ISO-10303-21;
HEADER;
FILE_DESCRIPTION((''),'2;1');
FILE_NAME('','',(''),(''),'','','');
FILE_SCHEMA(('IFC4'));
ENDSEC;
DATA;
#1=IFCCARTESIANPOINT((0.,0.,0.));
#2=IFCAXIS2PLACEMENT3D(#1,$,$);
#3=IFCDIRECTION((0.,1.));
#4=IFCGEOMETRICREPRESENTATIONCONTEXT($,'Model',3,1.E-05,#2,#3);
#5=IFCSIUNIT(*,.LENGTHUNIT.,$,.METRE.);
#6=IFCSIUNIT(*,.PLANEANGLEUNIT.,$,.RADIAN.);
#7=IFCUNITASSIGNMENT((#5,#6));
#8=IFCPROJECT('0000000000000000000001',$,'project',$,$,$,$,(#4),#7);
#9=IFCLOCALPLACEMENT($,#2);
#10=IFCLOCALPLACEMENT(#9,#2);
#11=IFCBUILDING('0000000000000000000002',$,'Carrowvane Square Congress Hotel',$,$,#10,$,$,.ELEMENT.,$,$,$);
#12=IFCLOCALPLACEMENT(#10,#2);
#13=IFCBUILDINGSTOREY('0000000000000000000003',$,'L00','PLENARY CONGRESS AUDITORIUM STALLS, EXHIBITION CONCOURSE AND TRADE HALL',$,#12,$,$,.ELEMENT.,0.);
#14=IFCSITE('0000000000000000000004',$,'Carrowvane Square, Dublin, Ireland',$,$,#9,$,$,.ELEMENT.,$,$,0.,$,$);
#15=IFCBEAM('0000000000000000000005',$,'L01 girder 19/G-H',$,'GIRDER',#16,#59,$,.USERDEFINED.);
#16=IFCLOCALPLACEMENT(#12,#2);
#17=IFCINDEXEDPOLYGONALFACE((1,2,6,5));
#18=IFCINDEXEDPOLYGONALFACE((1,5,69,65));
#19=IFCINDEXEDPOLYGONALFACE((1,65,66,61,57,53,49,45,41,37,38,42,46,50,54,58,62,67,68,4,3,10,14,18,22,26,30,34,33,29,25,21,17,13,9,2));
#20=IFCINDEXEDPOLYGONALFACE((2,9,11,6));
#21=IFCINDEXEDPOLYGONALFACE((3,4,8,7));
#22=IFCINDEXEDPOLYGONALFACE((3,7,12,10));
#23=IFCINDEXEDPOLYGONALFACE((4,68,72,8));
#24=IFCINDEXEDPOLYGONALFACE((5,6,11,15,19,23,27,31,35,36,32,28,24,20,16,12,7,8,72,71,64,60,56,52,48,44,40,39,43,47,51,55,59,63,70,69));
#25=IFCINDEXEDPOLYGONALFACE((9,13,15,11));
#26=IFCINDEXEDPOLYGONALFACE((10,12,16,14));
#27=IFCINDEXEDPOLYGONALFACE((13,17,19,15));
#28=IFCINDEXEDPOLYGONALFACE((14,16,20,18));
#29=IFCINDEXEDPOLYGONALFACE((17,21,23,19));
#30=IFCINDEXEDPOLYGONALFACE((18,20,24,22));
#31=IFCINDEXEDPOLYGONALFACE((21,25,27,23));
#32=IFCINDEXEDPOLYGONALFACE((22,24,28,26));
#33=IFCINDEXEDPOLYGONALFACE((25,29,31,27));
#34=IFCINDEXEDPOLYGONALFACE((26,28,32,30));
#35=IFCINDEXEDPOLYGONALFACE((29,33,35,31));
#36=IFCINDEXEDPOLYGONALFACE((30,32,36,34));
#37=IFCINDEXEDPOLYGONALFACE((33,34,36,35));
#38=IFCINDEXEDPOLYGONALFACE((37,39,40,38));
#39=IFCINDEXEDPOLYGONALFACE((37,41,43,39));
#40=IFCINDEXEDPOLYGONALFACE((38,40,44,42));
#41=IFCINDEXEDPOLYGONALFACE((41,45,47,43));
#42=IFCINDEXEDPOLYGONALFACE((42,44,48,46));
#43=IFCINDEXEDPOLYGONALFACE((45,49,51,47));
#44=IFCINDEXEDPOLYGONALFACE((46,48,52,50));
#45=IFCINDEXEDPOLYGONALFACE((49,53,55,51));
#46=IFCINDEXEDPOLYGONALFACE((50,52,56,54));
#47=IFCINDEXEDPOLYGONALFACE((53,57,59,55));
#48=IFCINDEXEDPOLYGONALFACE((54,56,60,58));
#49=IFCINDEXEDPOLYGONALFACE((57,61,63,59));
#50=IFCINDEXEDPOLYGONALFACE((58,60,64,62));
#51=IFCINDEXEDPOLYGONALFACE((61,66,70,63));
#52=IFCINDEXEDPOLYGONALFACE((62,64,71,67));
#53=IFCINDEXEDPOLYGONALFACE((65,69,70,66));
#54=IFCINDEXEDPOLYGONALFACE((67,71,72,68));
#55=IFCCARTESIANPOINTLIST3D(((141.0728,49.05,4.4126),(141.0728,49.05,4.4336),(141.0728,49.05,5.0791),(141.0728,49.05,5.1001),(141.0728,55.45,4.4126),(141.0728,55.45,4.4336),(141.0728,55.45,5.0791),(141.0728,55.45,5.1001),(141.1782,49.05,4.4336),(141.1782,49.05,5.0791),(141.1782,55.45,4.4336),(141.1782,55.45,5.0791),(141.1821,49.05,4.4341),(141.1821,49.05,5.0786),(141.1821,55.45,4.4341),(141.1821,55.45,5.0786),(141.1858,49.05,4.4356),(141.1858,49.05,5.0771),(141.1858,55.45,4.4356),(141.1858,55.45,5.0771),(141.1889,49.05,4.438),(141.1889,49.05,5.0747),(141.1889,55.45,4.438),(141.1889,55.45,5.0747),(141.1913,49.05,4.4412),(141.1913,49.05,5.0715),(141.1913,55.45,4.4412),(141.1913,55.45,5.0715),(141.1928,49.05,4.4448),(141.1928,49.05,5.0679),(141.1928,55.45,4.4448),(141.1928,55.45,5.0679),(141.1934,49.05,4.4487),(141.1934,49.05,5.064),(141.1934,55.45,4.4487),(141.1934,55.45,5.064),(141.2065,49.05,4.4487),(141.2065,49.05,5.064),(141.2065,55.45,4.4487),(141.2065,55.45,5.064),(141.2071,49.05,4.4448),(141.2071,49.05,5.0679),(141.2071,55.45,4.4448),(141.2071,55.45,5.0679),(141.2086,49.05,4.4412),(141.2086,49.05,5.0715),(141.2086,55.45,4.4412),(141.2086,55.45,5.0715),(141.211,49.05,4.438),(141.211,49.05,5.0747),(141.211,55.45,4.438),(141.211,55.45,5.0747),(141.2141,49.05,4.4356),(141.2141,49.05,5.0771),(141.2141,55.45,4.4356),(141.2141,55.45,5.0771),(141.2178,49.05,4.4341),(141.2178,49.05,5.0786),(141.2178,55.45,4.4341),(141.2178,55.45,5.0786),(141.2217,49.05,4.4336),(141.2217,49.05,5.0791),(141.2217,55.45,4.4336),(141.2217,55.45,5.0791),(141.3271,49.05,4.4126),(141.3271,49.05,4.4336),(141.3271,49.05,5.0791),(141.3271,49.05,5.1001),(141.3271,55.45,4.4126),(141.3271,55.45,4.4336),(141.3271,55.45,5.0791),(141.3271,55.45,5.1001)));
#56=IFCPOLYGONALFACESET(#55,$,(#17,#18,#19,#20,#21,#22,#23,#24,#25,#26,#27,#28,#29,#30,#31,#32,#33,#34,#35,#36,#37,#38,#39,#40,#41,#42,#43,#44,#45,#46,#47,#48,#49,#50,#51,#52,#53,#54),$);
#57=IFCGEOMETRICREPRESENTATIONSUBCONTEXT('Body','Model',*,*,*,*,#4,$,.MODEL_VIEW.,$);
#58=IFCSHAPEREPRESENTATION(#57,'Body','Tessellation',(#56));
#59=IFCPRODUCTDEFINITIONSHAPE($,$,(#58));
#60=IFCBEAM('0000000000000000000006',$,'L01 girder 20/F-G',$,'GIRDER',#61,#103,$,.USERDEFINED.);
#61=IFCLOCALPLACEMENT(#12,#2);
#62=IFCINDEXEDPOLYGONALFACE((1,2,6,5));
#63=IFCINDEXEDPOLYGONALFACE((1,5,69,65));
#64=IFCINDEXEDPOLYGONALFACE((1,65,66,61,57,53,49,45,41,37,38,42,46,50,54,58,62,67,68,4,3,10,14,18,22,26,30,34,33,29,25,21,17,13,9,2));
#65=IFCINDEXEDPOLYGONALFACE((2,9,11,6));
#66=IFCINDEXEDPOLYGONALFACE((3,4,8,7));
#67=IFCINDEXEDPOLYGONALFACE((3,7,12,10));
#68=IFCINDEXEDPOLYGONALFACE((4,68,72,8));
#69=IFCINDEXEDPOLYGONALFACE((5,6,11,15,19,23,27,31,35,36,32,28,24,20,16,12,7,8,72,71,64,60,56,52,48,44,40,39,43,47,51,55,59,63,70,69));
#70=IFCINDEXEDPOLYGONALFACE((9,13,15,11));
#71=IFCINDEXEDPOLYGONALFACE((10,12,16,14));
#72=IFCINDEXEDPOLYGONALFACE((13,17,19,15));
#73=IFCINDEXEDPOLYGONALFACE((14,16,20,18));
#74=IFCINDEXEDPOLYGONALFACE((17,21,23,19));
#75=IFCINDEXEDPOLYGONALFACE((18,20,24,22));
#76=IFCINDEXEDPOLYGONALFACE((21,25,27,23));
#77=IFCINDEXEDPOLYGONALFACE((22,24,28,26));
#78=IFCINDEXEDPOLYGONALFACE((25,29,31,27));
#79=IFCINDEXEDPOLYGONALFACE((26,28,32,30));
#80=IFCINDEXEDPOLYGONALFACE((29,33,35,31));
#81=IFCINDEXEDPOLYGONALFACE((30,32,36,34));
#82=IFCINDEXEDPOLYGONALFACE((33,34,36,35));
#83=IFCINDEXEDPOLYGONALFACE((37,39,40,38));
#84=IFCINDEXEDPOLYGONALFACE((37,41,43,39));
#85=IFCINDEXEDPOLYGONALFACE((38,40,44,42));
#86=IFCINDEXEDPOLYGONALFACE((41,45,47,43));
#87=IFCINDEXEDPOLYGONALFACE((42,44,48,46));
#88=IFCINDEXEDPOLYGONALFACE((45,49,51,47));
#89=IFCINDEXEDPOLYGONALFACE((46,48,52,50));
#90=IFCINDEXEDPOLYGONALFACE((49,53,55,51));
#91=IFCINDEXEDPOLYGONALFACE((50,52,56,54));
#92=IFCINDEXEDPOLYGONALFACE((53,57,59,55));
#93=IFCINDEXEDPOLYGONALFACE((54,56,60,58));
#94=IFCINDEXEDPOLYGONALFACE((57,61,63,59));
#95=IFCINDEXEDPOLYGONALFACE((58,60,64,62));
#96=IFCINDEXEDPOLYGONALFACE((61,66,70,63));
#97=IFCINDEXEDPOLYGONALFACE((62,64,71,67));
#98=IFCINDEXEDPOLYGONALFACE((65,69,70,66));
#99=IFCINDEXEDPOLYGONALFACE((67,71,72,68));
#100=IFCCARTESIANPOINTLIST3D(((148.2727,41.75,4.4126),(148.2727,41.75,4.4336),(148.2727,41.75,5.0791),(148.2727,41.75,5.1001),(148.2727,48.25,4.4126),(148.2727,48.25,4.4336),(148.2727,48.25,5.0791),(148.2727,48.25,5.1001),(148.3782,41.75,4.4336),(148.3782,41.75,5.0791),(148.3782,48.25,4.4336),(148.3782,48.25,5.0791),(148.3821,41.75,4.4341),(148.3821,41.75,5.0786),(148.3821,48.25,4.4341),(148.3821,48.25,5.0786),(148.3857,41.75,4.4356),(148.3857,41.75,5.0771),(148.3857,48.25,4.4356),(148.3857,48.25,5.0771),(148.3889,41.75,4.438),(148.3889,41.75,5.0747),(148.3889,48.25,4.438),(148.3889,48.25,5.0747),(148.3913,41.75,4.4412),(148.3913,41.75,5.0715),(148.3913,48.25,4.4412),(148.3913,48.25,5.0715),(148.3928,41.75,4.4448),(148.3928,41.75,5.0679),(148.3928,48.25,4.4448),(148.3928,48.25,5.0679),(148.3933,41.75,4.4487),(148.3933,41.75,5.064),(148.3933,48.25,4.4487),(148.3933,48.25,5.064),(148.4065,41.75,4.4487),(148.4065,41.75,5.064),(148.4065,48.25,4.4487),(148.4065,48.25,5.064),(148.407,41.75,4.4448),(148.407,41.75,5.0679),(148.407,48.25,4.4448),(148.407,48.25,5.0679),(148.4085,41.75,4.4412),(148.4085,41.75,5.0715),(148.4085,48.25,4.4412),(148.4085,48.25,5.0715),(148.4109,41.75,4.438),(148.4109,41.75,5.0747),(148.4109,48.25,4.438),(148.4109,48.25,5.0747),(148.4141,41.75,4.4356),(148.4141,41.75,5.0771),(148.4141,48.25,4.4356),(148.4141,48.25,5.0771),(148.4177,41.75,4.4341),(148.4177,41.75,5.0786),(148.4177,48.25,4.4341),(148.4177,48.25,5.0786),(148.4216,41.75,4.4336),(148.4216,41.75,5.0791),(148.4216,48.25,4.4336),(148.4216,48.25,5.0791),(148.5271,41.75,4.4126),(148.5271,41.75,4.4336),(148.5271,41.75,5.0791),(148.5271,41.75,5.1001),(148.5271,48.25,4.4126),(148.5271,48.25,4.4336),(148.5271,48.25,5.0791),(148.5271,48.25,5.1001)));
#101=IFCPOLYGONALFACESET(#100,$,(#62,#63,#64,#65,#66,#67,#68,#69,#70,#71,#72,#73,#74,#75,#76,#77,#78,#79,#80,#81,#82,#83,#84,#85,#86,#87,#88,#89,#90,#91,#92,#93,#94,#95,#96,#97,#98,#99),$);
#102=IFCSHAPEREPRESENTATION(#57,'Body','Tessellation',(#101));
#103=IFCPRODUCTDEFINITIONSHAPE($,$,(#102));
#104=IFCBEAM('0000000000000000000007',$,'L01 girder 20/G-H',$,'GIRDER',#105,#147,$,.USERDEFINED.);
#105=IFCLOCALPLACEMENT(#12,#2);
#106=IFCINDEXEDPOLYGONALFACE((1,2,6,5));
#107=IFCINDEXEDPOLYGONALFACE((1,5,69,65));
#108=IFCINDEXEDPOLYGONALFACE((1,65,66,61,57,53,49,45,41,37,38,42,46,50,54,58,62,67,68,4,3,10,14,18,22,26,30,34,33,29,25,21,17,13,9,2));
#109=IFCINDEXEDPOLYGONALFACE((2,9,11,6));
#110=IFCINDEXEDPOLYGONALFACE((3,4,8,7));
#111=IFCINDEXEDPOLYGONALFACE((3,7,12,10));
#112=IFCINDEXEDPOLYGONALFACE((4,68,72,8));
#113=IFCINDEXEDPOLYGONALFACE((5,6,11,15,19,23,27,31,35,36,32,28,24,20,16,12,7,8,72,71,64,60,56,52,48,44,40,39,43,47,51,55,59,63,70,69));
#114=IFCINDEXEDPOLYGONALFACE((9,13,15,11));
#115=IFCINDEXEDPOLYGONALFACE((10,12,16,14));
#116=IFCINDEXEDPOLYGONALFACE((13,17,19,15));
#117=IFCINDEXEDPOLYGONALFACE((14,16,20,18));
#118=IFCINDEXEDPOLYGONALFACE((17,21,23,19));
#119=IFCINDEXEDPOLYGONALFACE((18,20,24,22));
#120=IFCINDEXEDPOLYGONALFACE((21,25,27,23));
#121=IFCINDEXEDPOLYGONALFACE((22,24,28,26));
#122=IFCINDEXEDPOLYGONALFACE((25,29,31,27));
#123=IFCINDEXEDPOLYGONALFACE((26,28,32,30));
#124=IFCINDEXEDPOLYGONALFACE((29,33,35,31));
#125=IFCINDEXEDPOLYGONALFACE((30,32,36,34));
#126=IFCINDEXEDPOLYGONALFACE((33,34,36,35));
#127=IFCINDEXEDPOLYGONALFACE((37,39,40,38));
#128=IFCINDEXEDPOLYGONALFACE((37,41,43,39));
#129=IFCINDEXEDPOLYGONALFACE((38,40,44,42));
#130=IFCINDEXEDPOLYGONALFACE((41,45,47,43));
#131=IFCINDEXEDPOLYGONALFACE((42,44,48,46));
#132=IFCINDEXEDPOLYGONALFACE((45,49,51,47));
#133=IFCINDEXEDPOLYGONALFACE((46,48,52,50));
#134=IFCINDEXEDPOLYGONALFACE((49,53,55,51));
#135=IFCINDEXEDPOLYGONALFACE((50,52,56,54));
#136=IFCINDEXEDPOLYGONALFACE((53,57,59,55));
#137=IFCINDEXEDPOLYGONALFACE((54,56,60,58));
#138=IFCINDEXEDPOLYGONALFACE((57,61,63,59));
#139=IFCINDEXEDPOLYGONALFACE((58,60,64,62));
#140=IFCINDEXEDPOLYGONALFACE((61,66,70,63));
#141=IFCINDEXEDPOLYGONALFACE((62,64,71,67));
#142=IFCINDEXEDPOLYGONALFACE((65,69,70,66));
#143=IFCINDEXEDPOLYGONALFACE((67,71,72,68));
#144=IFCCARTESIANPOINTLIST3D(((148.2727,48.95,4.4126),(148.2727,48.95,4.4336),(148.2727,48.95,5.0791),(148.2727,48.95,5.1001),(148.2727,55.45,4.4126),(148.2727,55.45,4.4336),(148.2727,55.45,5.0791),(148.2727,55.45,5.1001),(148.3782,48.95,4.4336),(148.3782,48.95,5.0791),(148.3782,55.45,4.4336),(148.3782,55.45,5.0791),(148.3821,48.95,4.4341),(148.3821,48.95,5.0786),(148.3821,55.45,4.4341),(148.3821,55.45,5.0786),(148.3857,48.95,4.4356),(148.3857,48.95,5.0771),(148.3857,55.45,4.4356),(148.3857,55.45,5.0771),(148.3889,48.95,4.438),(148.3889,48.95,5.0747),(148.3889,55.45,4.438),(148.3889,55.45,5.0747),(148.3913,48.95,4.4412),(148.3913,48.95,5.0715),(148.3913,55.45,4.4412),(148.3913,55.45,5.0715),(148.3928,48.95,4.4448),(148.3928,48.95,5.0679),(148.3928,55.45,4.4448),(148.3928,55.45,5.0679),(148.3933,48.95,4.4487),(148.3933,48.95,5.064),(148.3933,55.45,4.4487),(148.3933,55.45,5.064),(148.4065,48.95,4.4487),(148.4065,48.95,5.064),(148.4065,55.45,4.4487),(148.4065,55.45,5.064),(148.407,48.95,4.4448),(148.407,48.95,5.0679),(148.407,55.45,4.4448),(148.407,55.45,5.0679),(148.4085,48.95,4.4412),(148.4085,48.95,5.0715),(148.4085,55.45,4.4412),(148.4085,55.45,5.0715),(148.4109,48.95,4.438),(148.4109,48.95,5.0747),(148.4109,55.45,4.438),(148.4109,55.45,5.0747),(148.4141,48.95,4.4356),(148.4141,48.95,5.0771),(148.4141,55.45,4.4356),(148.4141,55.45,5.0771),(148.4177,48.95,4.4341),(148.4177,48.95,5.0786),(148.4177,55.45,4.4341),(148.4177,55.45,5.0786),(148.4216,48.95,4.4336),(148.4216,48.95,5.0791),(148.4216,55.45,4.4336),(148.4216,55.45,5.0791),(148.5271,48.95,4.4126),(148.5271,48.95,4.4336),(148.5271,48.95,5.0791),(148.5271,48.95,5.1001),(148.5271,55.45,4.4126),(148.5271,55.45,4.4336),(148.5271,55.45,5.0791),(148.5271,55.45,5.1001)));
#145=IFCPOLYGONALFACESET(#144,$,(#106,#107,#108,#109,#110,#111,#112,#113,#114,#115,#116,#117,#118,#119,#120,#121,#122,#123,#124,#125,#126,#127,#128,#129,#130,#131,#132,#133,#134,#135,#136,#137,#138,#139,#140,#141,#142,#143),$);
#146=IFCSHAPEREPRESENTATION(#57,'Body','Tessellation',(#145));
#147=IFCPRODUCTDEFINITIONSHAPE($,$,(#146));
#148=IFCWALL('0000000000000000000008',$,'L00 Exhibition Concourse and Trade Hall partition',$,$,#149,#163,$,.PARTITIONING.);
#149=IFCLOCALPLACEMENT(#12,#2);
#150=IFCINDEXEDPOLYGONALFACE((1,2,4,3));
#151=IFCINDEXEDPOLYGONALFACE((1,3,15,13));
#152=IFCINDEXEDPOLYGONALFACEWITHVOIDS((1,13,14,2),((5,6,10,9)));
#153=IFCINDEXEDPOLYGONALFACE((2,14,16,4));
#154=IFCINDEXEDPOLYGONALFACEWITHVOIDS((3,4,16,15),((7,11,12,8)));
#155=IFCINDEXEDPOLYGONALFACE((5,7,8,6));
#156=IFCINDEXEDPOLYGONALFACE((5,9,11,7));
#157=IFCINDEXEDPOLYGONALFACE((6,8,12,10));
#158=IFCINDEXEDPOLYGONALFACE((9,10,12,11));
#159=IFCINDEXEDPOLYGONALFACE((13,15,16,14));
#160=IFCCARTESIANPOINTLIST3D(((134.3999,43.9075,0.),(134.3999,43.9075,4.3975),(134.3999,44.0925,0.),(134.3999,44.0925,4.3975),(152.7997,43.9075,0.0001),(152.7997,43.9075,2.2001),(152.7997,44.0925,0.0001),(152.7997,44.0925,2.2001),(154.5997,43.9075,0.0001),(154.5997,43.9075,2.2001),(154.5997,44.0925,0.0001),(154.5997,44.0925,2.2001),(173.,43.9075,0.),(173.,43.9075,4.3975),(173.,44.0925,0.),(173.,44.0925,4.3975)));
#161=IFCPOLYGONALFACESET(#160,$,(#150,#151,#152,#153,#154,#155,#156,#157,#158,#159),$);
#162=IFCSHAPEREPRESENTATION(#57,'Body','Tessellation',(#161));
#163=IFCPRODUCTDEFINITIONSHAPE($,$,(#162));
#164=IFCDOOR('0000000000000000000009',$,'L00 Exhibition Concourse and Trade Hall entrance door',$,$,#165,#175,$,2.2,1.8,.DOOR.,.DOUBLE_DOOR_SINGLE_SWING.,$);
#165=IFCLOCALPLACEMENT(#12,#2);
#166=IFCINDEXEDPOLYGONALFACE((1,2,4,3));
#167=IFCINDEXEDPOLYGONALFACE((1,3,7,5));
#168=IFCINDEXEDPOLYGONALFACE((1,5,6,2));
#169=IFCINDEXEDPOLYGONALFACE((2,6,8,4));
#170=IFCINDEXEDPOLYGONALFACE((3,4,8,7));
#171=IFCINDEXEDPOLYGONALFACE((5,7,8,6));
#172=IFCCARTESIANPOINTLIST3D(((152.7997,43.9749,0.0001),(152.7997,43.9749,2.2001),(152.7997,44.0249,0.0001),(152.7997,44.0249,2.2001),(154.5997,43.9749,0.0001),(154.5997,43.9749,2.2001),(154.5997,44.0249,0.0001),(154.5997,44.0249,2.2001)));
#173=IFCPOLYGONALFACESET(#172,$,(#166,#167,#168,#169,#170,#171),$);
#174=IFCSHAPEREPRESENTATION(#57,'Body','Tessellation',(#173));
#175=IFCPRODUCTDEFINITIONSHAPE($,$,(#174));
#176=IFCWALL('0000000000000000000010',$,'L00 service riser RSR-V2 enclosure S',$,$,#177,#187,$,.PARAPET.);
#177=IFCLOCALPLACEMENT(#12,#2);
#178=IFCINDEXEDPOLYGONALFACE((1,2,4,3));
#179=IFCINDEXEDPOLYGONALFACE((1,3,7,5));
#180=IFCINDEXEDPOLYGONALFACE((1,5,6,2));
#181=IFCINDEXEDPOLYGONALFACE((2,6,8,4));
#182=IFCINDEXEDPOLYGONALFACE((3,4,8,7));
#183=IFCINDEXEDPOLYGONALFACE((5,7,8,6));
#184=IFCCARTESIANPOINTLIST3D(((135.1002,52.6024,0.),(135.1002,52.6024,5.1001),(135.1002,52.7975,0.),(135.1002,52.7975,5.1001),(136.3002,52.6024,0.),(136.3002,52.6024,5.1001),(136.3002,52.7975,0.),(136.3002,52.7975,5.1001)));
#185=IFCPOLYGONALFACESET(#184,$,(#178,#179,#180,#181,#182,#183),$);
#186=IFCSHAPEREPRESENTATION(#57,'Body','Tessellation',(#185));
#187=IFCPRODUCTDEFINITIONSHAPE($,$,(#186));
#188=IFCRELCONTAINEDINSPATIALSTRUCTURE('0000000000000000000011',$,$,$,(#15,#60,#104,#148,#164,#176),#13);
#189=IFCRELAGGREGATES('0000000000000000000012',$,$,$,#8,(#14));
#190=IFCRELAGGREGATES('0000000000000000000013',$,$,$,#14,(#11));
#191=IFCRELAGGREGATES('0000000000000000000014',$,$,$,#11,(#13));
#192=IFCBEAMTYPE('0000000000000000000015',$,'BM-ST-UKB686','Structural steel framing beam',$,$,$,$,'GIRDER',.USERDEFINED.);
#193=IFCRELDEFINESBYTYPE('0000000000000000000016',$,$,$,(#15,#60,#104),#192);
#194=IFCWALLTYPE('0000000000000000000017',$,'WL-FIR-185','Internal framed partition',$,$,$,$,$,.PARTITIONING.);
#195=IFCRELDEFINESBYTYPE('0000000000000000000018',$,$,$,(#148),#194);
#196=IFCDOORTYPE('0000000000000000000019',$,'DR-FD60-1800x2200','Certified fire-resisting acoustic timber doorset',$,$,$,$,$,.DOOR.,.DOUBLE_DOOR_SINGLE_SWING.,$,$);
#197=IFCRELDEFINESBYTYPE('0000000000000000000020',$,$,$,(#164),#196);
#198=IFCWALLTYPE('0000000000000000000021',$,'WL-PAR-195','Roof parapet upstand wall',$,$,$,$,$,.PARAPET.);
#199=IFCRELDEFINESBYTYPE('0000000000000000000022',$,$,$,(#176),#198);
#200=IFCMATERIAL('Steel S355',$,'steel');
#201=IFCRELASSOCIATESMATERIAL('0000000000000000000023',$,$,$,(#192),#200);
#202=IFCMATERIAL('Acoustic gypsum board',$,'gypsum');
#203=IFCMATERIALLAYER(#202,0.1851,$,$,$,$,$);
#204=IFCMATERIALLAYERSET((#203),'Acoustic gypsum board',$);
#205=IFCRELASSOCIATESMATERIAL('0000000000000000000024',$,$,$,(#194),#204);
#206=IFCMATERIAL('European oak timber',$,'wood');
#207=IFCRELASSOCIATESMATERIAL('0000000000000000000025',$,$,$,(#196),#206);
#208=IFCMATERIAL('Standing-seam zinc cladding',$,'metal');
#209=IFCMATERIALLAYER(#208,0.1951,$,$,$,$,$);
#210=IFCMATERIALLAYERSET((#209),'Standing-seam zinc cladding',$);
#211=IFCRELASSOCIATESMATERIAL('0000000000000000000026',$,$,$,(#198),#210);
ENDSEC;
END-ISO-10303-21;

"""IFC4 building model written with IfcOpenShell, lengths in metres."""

from ifc_helpers import new_model, si_unit, direction, frame, frame_2d, origin, origin_2d, place, context, subcontext, project, spatial, rectangle, i_section, extrude, material, layer, layer_set, material_profile, profile_set, type_object, element, fill, save


model = new_model("IFC4")

# Units and contexts
model_context = context("Model", 3, precision=1e-05, world=origin(), true_north=direction((0.0, 1.0)))
body_context = subcontext(model_context, "Body", "Model", "MODEL_VIEW")
ifc_project = project(units=[si_unit("LENGTHUNIT", "METRE"), si_unit("PLANEANGLEUNIT", "RADIAN")], contexts=[model_context])

# Site, building, storey
site_placement = place(None, origin())
site = spatial("IfcSite", under=ifc_project, at=site_placement, Name="Carrowvane Square, Dublin, Ireland", CompositionType="ELEMENT", RefElevation=0.0)
building_placement = place(site_placement, origin())
building = spatial("IfcBuilding", under=site, at=building_placement, Name="Carrowvane Square Congress Hotel", CompositionType="ELEMENT")
storey_placement = place(building_placement, origin())
storey = spatial("IfcBuildingStorey", under=building, at=storey_placement, Name="L00", Description="PLENARY CONGRESS AUDITORIUM STALLS, EXHIBITION CONCOURSE AND TRADE HALL", CompositionType="ELEMENT", Elevation=0.0)

# Beams
ifc_material_1 = material(Name="Steel S355", Category="steel")
ifc_material_profile_1 = material_profile(ifc_material_1, i_section(OverallWidth=0.2544, OverallDepth=0.6875, WebThickness=0.0132, FlangeThickness=0.021, FilletRadius=0.0151, at=origin_2d()), Name="UKB 686x254x152")
ifc_profile_set_1 = profile_set([ifc_material_profile_1], Name="Steel S355")
beam_type_1 = type_object("IfcBeamType", Name="BM-ST-UKB686", Description="Structural steel framing beam", ElementType="GIRDER", PredefinedType="USERDEFINED", material=ifc_profile_set_1)
beam_1_placement = place(storey_placement, frame((141.2, 49.05, 4.7563), z_axis=(0.0, 1.0, 0.0), x_axis=(-1.0, 0.0, 0.0)))
element("IfcBeam", 1, at=beam_1_placement, inside=storey, type_object=beam_type_1, Name="L01 girder 19/G-H", ObjectType="GIRDER", PredefinedType="USERDEFINED", context=body_context, shape_type="SweptSolid", body=[
    extrude(i_section(OverallWidth=0.2544, OverallDepth=0.6875, WebThickness=0.0132, FlangeThickness=0.021, FilletRadius=0.0151, at=origin_2d()), origin(), (0.0, 0.0, 1.0), 6.3999),
])
for number, where, z_axis, x_axis, name in (
    (2, (148.3999, 41.75, 4.7563), (0.0, 1.0, 0.0), (-1.0, 0.0, 0.0), "L01 girder 20/F-G"),
    (3, (148.3999, 48.95, 4.7563), (0.0, 1.0, 0.0), (-1.0, 0.0, 0.0), "L01 girder 20/G-H"),
):
    element("IfcBeam", number, at=place(storey_placement, frame(where, z_axis=z_axis, x_axis=x_axis)), inside=storey, type_object=beam_type_1, Name=name, ObjectType="GIRDER", PredefinedType="USERDEFINED", context=body_context, shape_type="SweptSolid", body=[
        extrude(i_section(OverallWidth=0.2544, OverallDepth=0.6875, WebThickness=0.0132, FlangeThickness=0.021, FilletRadius=0.0151, at=origin_2d()), origin(), (0.0, 0.0, 1.0), 6.5),
    ])

# Wall, opening, door
ifc_material_2 = material(Name="Acoustic gypsum board", Category="gypsum")
ifc_layer_1 = layer(ifc_material_2, 0.1851)
ifc_layer_set_1 = layer_set([ifc_layer_1], Name="Acoustic gypsum board")
wall_type_1 = type_object("IfcWallType", Name="WL-FIR-185", Description="Internal framed partition", PredefinedType="PARTITIONING", material=ifc_layer_set_1)
wall_1_placement = place(storey_placement, frame((134.3999, 44.0, 0.0), z_axis=(0.0, 0.0, 1.0), x_axis=(1.0, 0.0, 0.0)))
wall_1 = element("IfcWall", 4, at=wall_1_placement, inside=storey, type_object=wall_type_1, Name="L00 Exhibition Concourse and Trade Hall partition", PredefinedType="PARTITIONING", context=body_context, shape_type="SweptSolid", body=[
    extrude(rectangle(XDim=38.6001, YDim=0.1851, at=frame_2d((19.3, 0.0))), origin(), (0.0, 0.0, 1.0), 4.3975),
])
opening_placement = place(wall_1_placement, frame((18.3999, 0.0, 0.0)))
opening = element("IfcOpeningElement", 5, at=opening_placement, cuts=wall_1, PredefinedType="OPENING", context=body_context, shape_type="SweptSolid", body=[
    extrude(rectangle(XDim=1.8, YDim=2.2, at=frame_2d((0.8999, 1.1001))), frame((0.0, 0.1025, 0.0), z_axis=(0.0, -1.0, 0.0), x_axis=(1.0, 0.0, 0.0)), (0.0, 0.0, 1.0), 0.2051),
])
ifc_material_3 = material(Name="European oak timber", Category="wood")
door_type = type_object("IfcDoorType", Name="DR-FD60-1800x2200", Description="Certified fire-resisting acoustic timber doorset", OperationType="DOUBLE_DOOR_SINGLE_SWING", PredefinedType="DOOR", material=ifc_material_3)
door_placement = place(opening_placement, origin())
door = element("IfcDoor", 6, at=door_placement, inside=storey, type_object=door_type, Name="L00 Exhibition Concourse and Trade Hall entrance door", OperationType="DOUBLE_DOOR_SINGLE_SWING", OverallHeight=2.2, OverallWidth=1.8, PredefinedType="DOOR", context=body_context, shape_type="SweptSolid", body=[
    extrude(rectangle(XDim=1.8, YDim=2.2, at=frame_2d((0.8999, 1.1001))), frame((0.0, 0.0249, 0.0), z_axis=(0.0, -1.0, 0.0), x_axis=(1.0, 0.0, 0.0)), (0.0, 0.0, 1.0), 0.05),
])
fill(opening, door)

# Wall
ifc_material_4 = material(Name="Standing-seam zinc cladding", Category="metal")
ifc_layer_2 = layer(ifc_material_4, 0.1951)
ifc_layer_set_2 = layer_set([ifc_layer_2], Name="Standing-seam zinc cladding")
wall_type_2 = type_object("IfcWallType", Name="WL-PAR-195", Description="Roof parapet upstand wall", PredefinedType="PARAPET", material=ifc_layer_set_2)
for number, where, z_axis, x_axis, name in (
    (7, (135.1001, 52.7, 0.0), (0.0, 0.0, 1.0), (1.0, 0.0, 0.0), "L00 service riser RSR-V2 enclosure S"),
):
    element("IfcWall", number, at=place(storey_placement, frame(where, z_axis=z_axis, x_axis=x_axis)), inside=storey, type_object=wall_type_2, Name=name, PredefinedType="PARAPET", context=body_context, shape_type="SweptSolid", body=[
        extrude(rectangle(XDim=1.2, YDim=0.1951, at=frame_2d((0.6001, 0.0))), origin(), (0.0, 0.0, 1.0), 5.1001),
    ])

save(model, "model.ifc")
